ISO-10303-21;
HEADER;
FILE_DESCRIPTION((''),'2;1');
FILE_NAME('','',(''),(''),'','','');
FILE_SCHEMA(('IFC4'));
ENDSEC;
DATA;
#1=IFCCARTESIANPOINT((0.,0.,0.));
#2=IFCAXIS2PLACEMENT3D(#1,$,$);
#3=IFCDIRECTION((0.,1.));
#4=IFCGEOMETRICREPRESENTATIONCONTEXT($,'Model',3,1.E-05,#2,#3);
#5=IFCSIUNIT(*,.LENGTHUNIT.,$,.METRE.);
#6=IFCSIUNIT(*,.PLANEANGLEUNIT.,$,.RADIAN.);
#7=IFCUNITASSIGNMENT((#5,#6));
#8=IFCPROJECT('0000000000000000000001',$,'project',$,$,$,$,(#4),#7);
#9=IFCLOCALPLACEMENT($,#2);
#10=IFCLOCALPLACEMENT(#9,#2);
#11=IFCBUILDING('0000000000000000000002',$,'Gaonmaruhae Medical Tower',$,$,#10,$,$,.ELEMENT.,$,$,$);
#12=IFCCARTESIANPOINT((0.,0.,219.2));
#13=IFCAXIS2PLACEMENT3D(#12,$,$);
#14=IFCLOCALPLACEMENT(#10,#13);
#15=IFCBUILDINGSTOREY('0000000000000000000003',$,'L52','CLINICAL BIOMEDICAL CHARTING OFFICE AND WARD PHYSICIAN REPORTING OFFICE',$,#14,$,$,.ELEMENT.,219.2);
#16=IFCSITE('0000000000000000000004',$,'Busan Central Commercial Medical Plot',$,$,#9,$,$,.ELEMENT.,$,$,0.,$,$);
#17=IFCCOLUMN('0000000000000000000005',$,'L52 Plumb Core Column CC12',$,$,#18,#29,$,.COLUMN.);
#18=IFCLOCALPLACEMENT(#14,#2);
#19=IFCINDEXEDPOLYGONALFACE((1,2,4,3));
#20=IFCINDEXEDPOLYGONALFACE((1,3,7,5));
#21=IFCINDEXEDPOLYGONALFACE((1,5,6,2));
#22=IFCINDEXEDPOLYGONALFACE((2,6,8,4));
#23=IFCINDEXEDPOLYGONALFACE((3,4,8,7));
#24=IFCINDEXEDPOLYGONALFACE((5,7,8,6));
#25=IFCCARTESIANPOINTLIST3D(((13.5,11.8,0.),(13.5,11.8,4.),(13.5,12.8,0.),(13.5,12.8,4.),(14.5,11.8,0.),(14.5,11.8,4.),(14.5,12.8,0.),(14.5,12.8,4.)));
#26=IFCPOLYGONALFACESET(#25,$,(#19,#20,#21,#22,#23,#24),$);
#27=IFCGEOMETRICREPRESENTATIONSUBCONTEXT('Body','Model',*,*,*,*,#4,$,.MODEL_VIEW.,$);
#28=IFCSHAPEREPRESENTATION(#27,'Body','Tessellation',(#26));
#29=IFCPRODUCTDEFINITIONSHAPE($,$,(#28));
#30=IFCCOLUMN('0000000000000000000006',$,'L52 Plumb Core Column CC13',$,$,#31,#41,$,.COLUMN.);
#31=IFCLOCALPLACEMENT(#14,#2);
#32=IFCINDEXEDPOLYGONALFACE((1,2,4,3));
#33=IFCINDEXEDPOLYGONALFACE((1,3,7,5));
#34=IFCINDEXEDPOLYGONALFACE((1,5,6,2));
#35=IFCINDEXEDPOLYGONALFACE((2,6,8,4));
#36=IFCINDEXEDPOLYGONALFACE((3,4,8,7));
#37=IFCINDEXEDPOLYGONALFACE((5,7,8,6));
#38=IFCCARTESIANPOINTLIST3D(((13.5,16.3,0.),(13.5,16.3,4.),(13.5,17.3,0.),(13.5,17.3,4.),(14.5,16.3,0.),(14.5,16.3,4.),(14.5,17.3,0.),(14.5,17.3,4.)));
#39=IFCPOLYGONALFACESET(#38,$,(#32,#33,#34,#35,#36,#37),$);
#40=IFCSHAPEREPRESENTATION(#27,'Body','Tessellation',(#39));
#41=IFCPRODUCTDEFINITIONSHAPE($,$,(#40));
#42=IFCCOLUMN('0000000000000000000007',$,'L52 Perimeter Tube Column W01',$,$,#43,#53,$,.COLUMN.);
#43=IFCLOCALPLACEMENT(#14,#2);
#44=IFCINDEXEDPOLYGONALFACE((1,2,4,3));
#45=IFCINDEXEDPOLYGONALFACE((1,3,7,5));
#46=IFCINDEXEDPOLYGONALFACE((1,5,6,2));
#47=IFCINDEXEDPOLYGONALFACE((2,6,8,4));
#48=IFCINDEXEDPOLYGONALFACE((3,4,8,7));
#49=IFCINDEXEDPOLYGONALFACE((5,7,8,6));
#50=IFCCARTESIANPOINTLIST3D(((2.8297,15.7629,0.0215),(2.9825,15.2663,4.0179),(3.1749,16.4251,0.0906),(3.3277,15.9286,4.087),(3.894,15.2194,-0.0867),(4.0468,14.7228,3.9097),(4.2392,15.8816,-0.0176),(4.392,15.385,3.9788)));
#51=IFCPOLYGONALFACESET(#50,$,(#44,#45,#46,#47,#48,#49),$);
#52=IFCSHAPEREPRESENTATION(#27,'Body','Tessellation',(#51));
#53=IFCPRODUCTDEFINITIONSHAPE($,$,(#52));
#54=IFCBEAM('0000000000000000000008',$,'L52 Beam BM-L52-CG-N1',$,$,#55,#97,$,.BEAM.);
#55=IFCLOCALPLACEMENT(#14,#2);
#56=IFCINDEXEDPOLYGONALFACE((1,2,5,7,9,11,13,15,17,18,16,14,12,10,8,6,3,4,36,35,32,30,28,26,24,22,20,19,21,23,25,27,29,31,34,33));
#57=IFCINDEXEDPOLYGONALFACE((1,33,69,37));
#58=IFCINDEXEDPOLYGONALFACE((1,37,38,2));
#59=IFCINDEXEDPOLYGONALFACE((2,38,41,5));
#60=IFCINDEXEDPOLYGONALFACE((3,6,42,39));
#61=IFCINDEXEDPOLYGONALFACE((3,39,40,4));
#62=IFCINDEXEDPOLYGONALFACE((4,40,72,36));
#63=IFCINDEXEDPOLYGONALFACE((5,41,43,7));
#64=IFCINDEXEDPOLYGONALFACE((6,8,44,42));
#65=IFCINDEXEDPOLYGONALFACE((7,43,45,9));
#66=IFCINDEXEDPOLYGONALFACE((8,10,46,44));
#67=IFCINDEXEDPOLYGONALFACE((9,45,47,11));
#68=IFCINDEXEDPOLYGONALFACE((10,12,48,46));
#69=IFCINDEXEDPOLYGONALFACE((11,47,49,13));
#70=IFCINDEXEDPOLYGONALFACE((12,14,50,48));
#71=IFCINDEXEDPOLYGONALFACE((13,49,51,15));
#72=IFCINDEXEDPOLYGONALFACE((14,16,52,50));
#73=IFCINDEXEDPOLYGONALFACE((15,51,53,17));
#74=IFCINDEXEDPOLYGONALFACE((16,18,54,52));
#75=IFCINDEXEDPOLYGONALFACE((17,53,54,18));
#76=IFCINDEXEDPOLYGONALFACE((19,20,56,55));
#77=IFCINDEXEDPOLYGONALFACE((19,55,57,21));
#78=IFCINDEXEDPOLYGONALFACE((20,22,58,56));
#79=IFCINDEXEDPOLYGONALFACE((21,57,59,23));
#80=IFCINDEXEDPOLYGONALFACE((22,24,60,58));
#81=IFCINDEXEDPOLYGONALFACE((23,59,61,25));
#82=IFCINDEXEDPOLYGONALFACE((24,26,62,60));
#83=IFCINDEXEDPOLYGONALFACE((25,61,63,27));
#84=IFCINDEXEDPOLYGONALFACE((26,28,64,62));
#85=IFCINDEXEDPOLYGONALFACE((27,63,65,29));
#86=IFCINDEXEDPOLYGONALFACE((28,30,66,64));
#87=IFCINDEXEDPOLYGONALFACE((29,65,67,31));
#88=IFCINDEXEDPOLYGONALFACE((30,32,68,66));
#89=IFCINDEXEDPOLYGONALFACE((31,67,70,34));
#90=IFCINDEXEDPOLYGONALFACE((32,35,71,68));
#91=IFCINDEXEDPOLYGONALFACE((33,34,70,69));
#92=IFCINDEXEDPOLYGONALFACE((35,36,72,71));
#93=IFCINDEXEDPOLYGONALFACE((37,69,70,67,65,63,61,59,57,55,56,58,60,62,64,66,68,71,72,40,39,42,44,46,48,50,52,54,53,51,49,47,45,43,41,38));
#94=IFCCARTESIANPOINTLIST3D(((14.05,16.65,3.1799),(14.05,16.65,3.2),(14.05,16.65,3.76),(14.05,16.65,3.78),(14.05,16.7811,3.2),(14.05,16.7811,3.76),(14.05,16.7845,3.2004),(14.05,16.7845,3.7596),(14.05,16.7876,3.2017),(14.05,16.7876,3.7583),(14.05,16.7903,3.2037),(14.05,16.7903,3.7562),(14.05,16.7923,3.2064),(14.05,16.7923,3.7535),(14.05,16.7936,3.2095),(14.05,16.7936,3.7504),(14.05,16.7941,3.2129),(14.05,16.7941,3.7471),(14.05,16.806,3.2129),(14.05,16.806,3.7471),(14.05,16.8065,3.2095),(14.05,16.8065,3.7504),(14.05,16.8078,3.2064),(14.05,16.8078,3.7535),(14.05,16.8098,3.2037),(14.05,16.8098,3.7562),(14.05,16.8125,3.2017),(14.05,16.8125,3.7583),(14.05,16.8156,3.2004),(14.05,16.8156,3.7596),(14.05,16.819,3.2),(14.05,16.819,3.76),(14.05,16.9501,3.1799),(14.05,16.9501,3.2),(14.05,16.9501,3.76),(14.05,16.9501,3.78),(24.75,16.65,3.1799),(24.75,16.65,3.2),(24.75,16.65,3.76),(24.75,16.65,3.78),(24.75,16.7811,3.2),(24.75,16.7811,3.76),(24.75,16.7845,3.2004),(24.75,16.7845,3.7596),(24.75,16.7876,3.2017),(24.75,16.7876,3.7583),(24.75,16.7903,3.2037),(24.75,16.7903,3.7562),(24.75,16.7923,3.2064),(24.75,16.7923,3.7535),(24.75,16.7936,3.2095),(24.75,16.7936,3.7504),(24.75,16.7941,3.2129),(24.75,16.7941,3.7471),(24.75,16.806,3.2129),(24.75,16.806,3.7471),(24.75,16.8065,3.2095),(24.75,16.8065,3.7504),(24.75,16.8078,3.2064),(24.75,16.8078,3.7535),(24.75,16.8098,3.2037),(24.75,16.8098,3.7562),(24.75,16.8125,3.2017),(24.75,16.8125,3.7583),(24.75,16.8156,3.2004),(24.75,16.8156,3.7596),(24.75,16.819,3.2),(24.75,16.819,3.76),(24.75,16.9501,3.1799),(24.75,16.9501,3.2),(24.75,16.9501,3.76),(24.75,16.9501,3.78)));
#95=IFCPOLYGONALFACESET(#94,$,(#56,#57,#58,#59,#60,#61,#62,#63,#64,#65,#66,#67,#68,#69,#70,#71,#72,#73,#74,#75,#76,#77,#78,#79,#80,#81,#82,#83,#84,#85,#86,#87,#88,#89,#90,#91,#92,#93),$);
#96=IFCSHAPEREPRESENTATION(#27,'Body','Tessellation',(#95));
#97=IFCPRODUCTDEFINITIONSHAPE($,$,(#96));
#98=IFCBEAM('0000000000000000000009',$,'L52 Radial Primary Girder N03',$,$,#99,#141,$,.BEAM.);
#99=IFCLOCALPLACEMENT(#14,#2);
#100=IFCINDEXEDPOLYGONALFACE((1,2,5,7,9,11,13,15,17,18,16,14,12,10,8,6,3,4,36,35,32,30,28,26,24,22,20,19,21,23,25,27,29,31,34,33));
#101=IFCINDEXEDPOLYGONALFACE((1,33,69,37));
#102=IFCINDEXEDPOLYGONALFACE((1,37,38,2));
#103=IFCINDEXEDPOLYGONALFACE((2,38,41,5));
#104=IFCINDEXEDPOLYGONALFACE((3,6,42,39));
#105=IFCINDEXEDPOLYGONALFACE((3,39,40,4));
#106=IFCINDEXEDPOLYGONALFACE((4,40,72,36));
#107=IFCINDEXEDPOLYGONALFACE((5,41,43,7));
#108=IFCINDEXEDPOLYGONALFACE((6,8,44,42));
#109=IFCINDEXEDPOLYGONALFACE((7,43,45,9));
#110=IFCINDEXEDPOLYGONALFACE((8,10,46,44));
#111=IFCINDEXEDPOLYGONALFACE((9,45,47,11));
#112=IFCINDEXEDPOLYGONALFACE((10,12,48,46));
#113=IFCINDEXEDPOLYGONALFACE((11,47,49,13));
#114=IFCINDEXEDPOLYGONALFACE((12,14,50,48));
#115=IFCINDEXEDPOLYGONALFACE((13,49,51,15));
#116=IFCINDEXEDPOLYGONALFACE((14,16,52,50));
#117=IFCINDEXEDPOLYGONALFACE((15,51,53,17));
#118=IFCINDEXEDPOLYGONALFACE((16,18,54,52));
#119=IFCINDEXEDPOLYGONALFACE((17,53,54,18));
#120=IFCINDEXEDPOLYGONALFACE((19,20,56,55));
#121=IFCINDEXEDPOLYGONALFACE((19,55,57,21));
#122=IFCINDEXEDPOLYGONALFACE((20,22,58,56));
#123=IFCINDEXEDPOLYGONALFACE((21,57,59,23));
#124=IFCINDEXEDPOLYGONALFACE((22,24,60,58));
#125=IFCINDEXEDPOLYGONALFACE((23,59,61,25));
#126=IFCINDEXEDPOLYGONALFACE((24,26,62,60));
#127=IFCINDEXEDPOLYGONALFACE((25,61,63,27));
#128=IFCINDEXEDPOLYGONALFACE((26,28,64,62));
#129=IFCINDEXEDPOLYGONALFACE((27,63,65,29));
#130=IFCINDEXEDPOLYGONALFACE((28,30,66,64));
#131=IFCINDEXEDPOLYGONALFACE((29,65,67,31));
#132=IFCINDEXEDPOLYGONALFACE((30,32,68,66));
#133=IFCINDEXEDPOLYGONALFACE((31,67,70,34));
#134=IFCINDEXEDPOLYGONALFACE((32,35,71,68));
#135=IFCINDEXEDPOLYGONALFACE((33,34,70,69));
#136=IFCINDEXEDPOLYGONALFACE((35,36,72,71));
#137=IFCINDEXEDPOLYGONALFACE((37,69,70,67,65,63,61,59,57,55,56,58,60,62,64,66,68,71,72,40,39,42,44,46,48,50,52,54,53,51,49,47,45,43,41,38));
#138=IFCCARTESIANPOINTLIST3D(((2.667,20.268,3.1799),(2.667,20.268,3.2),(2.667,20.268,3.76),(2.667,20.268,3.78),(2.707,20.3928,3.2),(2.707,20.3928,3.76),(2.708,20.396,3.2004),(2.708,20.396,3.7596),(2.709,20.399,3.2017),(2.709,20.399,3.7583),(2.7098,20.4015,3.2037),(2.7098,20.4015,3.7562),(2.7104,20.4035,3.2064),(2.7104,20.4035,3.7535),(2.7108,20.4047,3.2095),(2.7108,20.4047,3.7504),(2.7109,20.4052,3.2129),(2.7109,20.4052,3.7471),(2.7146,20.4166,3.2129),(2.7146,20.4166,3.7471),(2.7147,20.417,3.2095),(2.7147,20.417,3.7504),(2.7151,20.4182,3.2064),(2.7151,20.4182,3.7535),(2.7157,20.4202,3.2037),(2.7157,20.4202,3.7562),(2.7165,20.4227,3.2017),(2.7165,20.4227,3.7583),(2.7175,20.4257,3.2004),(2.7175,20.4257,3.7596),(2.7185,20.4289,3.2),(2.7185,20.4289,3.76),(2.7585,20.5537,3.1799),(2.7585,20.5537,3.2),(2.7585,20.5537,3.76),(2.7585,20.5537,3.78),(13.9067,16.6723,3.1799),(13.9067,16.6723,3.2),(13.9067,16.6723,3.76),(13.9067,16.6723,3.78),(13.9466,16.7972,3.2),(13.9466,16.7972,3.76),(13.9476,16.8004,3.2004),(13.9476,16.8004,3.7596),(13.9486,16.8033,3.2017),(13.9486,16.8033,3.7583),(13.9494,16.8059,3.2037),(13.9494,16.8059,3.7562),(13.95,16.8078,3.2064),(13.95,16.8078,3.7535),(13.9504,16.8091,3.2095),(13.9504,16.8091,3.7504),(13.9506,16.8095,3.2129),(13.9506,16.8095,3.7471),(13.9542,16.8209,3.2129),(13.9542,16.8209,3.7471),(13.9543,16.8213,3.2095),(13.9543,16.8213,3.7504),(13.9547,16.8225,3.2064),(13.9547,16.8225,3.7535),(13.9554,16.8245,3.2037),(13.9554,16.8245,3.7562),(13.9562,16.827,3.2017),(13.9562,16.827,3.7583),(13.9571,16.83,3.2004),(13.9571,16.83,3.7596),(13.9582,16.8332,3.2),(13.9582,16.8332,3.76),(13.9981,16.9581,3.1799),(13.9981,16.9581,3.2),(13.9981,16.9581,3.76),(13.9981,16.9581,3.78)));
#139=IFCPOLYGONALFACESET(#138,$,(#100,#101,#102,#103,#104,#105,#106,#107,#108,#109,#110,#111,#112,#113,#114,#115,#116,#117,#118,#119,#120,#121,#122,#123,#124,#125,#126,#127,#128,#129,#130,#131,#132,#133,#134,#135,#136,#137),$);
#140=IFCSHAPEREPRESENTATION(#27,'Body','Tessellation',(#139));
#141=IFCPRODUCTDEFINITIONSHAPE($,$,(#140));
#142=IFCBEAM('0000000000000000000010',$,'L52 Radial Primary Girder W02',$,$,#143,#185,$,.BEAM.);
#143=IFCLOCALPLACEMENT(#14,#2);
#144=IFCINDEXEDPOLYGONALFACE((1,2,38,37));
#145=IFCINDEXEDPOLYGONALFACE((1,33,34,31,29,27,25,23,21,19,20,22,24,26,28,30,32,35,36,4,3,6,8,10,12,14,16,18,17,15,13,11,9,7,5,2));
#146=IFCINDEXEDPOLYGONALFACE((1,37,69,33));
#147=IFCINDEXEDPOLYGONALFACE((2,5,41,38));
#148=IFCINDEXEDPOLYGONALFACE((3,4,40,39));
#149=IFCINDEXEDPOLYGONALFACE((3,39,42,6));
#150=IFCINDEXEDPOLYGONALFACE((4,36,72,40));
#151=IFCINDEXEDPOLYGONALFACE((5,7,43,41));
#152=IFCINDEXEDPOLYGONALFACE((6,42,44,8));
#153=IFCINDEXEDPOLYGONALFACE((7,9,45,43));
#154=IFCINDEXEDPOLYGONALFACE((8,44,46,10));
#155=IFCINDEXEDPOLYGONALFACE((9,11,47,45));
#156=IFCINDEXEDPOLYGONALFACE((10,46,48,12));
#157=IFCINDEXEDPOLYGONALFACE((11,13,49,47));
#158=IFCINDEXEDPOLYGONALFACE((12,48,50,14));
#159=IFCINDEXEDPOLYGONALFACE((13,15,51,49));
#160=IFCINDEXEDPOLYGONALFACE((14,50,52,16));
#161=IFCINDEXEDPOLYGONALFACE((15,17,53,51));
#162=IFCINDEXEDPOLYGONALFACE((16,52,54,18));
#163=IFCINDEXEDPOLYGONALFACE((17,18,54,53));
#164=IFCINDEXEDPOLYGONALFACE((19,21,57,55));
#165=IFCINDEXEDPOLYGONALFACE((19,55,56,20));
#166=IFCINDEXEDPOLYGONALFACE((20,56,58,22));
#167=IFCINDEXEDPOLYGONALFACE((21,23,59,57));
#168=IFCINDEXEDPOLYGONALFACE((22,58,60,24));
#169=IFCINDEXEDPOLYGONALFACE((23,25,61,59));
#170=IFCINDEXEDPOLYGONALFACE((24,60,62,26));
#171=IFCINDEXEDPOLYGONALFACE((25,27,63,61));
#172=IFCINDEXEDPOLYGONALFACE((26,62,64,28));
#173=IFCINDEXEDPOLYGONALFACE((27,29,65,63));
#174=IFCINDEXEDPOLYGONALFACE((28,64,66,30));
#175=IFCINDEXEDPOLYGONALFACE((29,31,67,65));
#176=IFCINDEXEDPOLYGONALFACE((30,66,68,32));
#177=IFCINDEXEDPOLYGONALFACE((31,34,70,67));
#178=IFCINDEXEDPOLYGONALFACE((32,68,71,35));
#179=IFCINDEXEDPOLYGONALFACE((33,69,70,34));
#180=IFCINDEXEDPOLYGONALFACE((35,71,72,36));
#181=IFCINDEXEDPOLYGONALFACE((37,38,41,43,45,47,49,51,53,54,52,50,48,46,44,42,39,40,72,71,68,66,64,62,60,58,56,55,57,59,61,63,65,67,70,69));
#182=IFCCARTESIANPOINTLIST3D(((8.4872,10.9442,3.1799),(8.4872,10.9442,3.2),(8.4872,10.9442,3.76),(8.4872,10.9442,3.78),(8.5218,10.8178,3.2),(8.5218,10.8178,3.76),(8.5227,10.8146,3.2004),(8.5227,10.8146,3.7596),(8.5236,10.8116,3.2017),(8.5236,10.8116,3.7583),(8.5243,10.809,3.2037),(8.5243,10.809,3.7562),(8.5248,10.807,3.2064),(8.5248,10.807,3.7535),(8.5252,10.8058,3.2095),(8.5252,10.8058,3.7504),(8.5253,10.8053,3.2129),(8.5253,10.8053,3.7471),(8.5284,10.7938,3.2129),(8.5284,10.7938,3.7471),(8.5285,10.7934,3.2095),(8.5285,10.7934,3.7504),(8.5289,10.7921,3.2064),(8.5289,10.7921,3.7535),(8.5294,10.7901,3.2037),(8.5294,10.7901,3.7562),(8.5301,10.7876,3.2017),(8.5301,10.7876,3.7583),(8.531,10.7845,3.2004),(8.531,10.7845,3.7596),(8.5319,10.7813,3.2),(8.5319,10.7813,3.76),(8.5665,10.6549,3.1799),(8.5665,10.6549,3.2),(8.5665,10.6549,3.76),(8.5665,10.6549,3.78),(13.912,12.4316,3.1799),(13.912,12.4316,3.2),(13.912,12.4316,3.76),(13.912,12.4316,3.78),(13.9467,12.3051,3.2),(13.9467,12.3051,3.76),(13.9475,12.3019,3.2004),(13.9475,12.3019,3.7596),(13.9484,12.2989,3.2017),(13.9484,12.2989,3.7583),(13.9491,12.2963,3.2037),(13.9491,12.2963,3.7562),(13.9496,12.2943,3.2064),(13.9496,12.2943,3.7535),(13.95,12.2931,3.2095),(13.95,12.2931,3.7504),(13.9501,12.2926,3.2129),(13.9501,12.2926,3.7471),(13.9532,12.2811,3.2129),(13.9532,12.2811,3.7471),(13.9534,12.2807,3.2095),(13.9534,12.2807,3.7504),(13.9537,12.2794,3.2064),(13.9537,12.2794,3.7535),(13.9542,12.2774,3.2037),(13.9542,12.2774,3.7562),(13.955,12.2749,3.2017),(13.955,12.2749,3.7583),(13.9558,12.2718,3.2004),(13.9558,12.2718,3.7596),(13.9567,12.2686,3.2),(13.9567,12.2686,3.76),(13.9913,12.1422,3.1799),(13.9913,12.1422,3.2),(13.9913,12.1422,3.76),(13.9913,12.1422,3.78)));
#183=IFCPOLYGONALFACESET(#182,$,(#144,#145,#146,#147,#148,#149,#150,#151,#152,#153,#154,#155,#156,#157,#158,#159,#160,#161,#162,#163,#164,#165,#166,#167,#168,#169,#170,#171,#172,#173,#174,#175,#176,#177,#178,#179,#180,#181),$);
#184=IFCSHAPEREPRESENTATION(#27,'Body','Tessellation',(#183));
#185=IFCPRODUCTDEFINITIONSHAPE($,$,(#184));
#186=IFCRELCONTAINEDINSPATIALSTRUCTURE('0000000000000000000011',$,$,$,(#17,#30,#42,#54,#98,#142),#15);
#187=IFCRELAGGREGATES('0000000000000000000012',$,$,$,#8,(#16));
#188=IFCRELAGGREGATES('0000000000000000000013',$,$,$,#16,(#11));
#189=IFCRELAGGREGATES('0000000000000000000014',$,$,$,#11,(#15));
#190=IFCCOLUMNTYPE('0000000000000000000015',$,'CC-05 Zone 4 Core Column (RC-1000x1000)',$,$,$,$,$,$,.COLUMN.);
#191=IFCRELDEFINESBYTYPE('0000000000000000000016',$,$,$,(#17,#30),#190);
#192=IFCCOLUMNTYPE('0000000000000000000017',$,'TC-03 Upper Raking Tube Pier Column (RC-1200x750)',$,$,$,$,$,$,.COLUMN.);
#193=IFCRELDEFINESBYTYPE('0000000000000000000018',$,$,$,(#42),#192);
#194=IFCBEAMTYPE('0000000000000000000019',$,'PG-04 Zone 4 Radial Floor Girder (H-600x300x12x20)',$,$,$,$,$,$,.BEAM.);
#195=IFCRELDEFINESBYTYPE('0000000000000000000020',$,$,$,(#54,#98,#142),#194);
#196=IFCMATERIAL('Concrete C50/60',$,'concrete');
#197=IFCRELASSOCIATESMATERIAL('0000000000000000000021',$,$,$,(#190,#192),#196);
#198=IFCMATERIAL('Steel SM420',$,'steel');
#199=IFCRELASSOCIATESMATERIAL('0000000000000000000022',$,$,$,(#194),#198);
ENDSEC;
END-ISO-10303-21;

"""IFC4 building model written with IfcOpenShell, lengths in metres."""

from ifc_helpers import new_model, si_unit, direction, frame, origin, origin_2d, place, context, subcontext, project, spatial, rectangle, i_section, extrude, material, material_profile, profile_set, type_object, element, save


model = new_model("IFC4")

# Units and contexts
model_context = context("Model", 3, precision=1e-05, world=origin(), true_north=direction((0.0, 1.0)))
body_context = subcontext(model_context, "Body", "Model", "MODEL_VIEW")
ifc_project = project(units=[si_unit("LENGTHUNIT", "METRE"), si_unit("PLANEANGLEUNIT", "RADIAN")], contexts=[model_context])

# Site, building, storey
site_placement = place(None, origin())
site = spatial("IfcSite", under=ifc_project, at=site_placement, Name="Busan Central Commercial Medical Plot", CompositionType="ELEMENT", RefElevation=0.0)
building_placement = place(site_placement, origin())
building = spatial("IfcBuilding", under=site, at=building_placement, Name="Gaonmaruhae Medical Tower", CompositionType="ELEMENT")
storey_placement = place(building_placement, frame((0.0, 0.0, 219.2)))
storey = spatial("IfcBuildingStorey", under=building, at=storey_placement, Name="L52", Description="CLINICAL BIOMEDICAL CHARTING OFFICE AND WARD PHYSICIAN REPORTING OFFICE", CompositionType="ELEMENT", Elevation=219.2)

# Columns
ifc_material_1 = material(Name="Concrete C50/60", Category="concrete")
ifc_material_profile_1 = material_profile(ifc_material_1, rectangle(XDim=1.0, YDim=1.0, at=origin_2d()), Name="RC-1000x1000")
ifc_profile_set_1 = profile_set([ifc_material_profile_1], Name="Concrete C50/60")
column_type_1 = type_object("IfcColumnType", Name="CC-05 Zone 4 Core Column (RC-1000x1000)", PredefinedType="COLUMN", material=ifc_profile_set_1)
for number, where, z_axis, x_axis, name in (
    (1, (14.0, 12.3, 0.0), (0.0, 0.0, 1.0), (1.0, 0.0, 0.0), "L52 Plumb Core Column CC12"),
    (2, (14.0, 16.8, 0.0), (0.0, 0.0, 1.0), (1.0, 0.0, 0.0), "L52 Plumb Core Column CC13"),
):
    element("IfcColumn", number, at=place(storey_placement, frame(where, z_axis=z_axis, x_axis=x_axis)), inside=storey, type_object=column_type_1, Name=name, PredefinedType="COLUMN", context=body_context, shape_type="SweptSolid", body=[
        extrude(rectangle(XDim=1.0, YDim=1.0, at=origin_2d()), origin(), (0.0, 0.0, 1.0), 4.0),
    ])
ifc_material_profile_2 = material_profile(ifc_material_1, rectangle(XDim=1.2, YDim=0.75, at=origin_2d()), Name="RC-1200x750")
ifc_profile_set_2 = profile_set([ifc_material_profile_2], Name="Concrete C50/60")
column_type_2 = type_object("IfcColumnType", Name="TC-03 Upper Raking Tube Pier Column (RC-1200x750)", PredefinedType="COLUMN", material=ifc_profile_set_2)
column_placement = place(storey_placement, frame((3.5344, 15.8223, 0.002), z_axis=(0.037924, -0.123222, 0.991654), x_axis=(-0.886953, 0.452965, 0.090205)))
element("IfcColumn", 3, at=column_placement, inside=storey, type_object=column_type_2, Name="L52 Perimeter Tube Column W01", PredefinedType="COLUMN", context=body_context, shape_type="SweptSolid", body=[
    extrude(rectangle(XDim=1.2, YDim=0.75, at=origin_2d()), origin(), (0.0, 0.0, 1.0), 4.03),
])

# Beams
ifc_material_2 = material(Name="Steel SM420", Category="steel")
ifc_material_profile_3 = material_profile(ifc_material_2, i_section(OverallWidth=0.3, OverallDepth=0.6001, WebThickness=0.012, FlangeThickness=0.02, FilletRadius=0.0129, at=origin_2d()), Name="H-600x300x12x20")
ifc_profile_set_3 = profile_set([ifc_material_profile_3], Name="Steel SM420")
beam_type_1 = type_object("IfcBeamType", Name="PG-04 Zone 4 Radial Floor Girder (H-600x300x12x20)", PredefinedType="BEAM", material=ifc_profile_set_3)
beam_1_placement = place(storey_placement, frame((14.05, 16.8, 3.48), z_axis=(1.0, 0.0, 0.0), x_axis=(0.0, 1.0, 0.0)))
element("IfcBeam", 4, at=beam_1_placement, inside=storey, type_object=beam_type_1, Name="L52 Beam BM-L52-CG-N1", PredefinedType="BEAM", context=body_context, shape_type="SweptSolid", body=[
    extrude(i_section(OverallWidth=0.3, OverallDepth=0.6001, WebThickness=0.012, FlangeThickness=0.02, FilletRadius=0.0129, at=origin_2d()), origin(), (0.0, 0.0, 1.0), 10.7),
])
beam_2_placement = place(storey_placement, frame((13.9524, 16.8152, 3.48), z_axis=(-0.952449, 0.304698, 0.0), x_axis=(-0.304698, -0.952449, 0.0)))
element("IfcBeam", 5, at=beam_2_placement, inside=storey, type_object=beam_type_1, Name="L52 Radial Primary Girder N03", PredefinedType="BEAM", context=body_context, shape_type="SweptSolid", body=[
    extrude(i_section(OverallWidth=0.3, OverallDepth=0.6001, WebThickness=0.012, FlangeThickness=0.02, FilletRadius=0.0129, at=origin_2d()), origin(), (0.0, 0.0, 1.0), 11.8008),
])
beam_3_placement = place(storey_placement, frame((13.9517, 12.2869, 3.48), z_axis=(-0.96441, -0.26441, 0.0), x_axis=(0.26441, -0.96441, 0.0)))
element("IfcBeam", 6, at=beam_3_placement, inside=storey, type_object=beam_type_1, Name="L52 Radial Primary Girder W02", PredefinedType="BEAM", context=body_context, shape_type="SweptSolid", body=[
    extrude(i_section(OverallWidth=0.3, OverallDepth=0.6001, WebThickness=0.012, FlangeThickness=0.02, FilletRadius=0.0129, at=origin_2d()), origin(), (0.0, 0.0, 1.0), 5.625),
])

save(model, "model.ifc")
